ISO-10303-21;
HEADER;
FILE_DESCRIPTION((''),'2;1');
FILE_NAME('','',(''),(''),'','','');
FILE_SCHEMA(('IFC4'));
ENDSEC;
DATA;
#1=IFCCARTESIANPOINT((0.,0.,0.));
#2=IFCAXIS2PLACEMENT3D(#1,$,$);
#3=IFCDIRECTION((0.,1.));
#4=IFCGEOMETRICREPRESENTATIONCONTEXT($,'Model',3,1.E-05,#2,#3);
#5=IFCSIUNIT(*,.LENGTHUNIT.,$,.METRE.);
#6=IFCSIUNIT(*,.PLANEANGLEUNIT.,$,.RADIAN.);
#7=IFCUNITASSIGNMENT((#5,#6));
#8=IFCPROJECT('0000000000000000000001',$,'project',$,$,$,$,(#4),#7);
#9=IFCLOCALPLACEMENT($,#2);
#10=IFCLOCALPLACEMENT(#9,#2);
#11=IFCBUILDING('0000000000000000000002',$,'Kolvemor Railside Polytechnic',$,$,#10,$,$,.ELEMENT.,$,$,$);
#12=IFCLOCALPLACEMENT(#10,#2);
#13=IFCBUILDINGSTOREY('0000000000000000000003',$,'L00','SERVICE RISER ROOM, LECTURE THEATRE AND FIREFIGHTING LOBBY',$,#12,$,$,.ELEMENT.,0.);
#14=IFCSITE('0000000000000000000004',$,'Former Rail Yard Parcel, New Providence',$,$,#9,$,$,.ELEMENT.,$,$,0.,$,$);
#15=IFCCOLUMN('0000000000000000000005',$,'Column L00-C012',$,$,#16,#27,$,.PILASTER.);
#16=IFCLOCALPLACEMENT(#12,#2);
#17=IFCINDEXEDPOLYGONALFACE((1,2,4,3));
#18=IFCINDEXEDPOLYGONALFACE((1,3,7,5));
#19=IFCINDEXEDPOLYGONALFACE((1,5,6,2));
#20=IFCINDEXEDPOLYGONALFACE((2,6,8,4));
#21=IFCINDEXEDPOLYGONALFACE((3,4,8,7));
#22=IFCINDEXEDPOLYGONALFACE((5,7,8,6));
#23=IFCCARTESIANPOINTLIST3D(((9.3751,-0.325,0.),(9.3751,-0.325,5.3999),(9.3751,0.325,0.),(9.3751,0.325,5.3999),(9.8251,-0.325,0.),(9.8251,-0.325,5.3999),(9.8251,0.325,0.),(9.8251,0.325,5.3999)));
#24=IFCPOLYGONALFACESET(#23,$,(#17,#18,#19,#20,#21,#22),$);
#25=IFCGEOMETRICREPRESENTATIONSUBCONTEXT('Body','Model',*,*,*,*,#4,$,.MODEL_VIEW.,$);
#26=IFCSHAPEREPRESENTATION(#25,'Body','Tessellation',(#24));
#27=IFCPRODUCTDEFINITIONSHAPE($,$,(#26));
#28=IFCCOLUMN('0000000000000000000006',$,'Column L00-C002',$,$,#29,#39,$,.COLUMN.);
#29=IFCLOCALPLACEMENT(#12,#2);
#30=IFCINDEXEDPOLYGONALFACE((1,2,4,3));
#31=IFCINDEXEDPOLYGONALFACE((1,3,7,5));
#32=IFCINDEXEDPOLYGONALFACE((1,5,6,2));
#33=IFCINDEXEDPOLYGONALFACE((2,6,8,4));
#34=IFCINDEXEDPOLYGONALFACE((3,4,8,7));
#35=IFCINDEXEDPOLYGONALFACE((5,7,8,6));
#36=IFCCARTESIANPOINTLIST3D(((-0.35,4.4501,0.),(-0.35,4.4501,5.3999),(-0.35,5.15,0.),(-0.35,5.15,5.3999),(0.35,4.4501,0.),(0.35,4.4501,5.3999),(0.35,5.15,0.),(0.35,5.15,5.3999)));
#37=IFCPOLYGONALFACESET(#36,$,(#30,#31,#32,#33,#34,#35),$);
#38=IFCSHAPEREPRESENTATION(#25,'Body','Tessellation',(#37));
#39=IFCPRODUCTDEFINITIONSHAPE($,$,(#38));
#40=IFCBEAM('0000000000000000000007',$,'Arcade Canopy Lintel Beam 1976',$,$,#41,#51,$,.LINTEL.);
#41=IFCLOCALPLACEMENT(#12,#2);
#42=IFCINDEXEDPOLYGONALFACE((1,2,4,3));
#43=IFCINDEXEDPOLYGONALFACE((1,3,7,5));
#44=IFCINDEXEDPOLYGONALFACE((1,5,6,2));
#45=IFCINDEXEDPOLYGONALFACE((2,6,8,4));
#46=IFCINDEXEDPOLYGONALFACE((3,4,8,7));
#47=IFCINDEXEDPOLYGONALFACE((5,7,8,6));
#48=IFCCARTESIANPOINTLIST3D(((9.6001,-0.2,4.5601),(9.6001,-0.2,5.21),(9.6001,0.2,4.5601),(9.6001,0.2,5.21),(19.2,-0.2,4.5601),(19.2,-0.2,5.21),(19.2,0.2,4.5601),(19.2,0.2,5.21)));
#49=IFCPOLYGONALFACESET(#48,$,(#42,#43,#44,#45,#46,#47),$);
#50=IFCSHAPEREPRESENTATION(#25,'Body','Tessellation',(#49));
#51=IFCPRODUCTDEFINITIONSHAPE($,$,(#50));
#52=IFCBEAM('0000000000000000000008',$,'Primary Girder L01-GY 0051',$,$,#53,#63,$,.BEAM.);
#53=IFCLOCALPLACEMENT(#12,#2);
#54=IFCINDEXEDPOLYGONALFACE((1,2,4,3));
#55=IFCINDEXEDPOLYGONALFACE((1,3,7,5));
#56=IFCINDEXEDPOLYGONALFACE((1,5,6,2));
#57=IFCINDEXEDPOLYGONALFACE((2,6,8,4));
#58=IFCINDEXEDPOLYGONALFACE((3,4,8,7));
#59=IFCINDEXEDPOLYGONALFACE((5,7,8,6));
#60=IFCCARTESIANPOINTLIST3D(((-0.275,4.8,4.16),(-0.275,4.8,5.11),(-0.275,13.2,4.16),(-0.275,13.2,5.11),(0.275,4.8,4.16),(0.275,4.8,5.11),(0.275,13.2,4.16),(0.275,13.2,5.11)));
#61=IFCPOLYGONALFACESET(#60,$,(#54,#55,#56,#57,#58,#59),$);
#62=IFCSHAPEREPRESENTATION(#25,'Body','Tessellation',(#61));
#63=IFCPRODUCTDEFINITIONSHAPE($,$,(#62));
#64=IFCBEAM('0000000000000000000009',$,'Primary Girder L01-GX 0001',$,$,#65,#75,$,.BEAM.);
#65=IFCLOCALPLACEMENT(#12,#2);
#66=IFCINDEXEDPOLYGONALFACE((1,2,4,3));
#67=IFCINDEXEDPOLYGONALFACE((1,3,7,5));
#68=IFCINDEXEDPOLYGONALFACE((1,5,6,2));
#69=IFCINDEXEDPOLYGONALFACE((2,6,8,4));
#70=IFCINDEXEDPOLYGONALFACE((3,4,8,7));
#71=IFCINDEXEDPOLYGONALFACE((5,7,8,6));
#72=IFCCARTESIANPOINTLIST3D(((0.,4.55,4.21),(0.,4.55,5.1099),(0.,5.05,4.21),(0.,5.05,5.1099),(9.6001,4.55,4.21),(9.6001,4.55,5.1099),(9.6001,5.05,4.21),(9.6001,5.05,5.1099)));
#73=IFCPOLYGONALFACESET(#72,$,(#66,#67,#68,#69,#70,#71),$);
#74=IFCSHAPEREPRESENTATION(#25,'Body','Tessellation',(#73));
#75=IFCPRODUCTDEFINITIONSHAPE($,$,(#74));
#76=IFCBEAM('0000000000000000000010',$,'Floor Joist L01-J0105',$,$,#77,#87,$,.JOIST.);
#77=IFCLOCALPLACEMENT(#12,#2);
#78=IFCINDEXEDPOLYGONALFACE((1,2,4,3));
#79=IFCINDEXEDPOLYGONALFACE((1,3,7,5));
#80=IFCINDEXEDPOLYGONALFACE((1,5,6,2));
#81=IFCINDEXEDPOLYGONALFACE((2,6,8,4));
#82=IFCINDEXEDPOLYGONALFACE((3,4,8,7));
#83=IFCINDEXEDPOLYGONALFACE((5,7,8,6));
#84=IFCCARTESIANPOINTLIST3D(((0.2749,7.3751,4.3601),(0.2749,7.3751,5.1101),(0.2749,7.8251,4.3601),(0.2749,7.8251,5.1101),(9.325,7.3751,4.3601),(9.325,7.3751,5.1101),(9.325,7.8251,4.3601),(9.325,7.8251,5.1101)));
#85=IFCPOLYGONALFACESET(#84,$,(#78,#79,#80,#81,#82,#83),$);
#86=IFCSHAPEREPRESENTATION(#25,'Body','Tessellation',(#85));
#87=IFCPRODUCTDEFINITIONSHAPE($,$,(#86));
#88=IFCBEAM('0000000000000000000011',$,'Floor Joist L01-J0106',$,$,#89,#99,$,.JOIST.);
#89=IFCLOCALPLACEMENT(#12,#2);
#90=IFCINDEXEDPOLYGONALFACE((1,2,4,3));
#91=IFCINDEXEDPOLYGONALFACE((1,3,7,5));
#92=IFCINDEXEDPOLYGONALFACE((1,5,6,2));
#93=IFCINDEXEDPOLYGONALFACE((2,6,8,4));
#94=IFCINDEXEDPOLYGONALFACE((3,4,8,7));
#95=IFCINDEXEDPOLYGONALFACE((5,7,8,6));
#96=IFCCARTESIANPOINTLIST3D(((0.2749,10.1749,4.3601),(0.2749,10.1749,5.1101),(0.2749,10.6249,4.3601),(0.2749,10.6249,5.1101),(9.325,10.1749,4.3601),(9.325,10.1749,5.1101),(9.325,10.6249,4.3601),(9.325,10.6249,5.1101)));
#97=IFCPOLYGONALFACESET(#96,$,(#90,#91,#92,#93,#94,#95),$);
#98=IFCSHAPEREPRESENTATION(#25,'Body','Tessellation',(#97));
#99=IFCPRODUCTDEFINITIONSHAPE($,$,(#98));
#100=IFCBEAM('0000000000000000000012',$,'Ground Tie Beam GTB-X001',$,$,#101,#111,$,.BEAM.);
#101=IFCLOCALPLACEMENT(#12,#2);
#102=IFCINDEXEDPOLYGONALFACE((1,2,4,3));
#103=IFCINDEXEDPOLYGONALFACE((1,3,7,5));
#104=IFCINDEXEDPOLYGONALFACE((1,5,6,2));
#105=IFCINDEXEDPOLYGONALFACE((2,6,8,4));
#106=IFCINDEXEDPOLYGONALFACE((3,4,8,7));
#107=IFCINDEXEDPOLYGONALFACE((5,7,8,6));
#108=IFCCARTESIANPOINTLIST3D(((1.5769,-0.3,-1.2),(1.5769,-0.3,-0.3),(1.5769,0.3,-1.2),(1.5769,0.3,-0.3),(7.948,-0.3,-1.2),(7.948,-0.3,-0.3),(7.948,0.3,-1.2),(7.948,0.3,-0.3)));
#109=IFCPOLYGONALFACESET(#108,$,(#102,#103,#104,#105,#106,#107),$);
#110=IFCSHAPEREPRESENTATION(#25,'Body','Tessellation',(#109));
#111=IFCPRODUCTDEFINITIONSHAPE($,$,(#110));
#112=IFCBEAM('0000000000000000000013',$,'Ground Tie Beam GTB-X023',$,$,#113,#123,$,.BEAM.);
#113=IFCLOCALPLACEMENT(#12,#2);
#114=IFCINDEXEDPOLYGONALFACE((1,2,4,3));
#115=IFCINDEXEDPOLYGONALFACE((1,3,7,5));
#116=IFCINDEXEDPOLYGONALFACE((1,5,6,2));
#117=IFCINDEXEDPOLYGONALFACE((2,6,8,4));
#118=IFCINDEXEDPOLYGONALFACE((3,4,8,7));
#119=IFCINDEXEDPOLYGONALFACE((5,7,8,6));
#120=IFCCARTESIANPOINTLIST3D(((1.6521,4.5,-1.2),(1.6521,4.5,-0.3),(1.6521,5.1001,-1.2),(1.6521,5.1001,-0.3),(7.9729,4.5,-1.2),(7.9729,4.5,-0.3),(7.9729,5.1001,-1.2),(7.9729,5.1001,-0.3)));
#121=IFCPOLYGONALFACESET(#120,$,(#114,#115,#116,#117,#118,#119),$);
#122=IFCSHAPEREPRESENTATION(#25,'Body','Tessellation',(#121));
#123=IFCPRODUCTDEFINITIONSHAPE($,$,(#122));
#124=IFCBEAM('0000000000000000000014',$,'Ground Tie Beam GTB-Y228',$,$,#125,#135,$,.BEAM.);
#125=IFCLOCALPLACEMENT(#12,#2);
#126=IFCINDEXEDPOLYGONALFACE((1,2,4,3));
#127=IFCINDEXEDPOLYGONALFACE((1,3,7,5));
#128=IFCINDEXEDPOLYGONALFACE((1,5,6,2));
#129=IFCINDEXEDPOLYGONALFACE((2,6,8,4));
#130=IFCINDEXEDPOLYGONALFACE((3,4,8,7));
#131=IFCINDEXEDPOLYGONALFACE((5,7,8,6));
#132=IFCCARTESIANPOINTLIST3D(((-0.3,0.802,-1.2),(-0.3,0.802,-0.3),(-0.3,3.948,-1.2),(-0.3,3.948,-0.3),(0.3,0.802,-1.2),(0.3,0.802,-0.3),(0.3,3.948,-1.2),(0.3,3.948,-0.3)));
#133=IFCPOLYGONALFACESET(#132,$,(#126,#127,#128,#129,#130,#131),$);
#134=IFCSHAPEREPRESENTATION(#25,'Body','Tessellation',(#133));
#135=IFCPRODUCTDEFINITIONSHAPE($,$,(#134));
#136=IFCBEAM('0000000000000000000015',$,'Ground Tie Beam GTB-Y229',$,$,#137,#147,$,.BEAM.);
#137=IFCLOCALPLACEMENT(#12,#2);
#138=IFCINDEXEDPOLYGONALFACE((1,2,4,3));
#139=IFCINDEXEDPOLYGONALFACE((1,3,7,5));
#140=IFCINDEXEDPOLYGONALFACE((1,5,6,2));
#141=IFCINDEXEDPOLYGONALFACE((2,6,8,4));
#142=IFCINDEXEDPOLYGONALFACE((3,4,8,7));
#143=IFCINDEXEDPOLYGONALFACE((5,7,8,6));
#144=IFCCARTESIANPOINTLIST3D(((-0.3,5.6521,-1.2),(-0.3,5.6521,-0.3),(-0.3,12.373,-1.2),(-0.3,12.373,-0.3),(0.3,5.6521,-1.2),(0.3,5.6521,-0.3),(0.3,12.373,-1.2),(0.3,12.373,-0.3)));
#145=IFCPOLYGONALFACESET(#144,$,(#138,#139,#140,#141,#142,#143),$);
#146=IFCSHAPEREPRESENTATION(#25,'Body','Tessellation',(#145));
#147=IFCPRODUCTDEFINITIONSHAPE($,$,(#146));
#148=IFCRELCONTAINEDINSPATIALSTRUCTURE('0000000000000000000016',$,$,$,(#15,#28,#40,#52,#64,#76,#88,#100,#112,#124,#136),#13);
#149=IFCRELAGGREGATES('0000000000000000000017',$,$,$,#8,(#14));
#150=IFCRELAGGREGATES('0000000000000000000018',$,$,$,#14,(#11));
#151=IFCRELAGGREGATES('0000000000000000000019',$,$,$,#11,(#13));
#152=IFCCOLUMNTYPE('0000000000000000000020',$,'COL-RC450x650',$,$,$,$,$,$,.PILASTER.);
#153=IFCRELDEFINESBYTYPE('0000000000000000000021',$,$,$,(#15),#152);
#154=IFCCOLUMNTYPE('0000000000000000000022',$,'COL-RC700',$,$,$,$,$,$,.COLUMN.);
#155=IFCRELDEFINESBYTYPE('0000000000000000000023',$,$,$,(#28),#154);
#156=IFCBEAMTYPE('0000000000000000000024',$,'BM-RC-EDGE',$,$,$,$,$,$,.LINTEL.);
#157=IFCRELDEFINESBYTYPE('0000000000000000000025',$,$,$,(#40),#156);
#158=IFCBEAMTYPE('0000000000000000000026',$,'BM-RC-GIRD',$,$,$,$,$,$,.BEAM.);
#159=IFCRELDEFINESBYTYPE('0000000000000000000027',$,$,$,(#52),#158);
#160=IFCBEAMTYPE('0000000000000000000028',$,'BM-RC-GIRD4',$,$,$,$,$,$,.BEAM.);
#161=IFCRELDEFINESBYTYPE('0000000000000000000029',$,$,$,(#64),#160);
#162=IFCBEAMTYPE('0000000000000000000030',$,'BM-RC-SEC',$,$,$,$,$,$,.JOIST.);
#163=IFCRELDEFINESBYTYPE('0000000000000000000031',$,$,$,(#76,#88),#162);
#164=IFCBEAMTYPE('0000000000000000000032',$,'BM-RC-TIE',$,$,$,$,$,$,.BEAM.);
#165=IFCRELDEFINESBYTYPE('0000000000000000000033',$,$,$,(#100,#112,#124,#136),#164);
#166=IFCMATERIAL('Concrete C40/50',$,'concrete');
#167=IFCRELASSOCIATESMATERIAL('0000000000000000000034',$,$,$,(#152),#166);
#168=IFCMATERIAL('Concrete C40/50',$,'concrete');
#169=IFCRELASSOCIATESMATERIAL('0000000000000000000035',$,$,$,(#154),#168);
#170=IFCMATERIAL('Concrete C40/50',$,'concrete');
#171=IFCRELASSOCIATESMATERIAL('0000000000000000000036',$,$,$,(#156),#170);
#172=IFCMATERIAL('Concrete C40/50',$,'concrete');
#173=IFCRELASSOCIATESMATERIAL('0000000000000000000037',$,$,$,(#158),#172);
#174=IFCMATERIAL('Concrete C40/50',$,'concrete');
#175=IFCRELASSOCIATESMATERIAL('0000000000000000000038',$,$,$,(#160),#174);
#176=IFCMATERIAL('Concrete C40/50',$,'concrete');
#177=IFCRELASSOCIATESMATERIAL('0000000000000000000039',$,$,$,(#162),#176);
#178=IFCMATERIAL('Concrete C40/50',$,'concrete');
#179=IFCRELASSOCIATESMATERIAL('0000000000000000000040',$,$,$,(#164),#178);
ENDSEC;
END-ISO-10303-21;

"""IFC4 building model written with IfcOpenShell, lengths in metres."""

from ifc_helpers import new_model, si_unit, direction, frame, origin, origin_2d, place, context, subcontext, project, spatial, rectangle, extrude, material, material_profile, profile_set, type_object, element, save


model = new_model("IFC4")

# Units and contexts
model_context = context("Model", 3, precision=1e-05, world=origin(), true_north=direction((0.0, 1.0)))
body_context = subcontext(model_context, "Body", "Model", "MODEL_VIEW")
ifc_project = project(units=[si_unit("LENGTHUNIT", "METRE"), si_unit("PLANEANGLEUNIT", "RADIAN")], contexts=[model_context])

# Site, building, storey
site_placement = place(None, origin())
site = spatial("IfcSite", under=ifc_project, at=site_placement, Name="Former Rail Yard Parcel, New Providence", CompositionType="ELEMENT", RefElevation=0.0)
building_placement = place(site_placement, origin())
building = spatial("IfcBuilding", under=site, at=building_placement, Name="Kolvemor Railside Polytechnic", CompositionType="ELEMENT")
storey_placement = place(building_placement, origin())
storey = spatial("IfcBuildingStorey", under=building, at=storey_placement, Name="L00", Description="SERVICE RISER ROOM, LECTURE THEATRE AND FIREFIGHTING LOBBY", CompositionType="ELEMENT", Elevation=0.0)

# Columns
ifc_material_1 = material(Name="Concrete C40/50", Category="concrete")
ifc_material_profile_1 = material_profile(ifc_material_1, rectangle(XDim=0.45, YDim=0.6499, at=origin_2d()), Name="RC450x650")
ifc_profile_set_1 = profile_set([ifc_material_profile_1], Name="Concrete C40/50")
column_type_1 = type_object("IfcColumnType", Name="COL-RC450x650", PredefinedType="PILASTER", material=ifc_profile_set_1)
column_1_placement = place(storey_placement, frame((9.6001, 0.0, 0.0), z_axis=(0.0, 0.0, 1.0), x_axis=(1.0, 0.0, 0.0)))
element("IfcColumn", 1, at=column_1_placement, inside=storey, type_object=column_type_1, Name="Column L00-C012", PredefinedType="PILASTER", context=body_context, shape_type="SweptSolid", body=[
    extrude(rectangle(XDim=0.45, YDim=0.6499, at=origin_2d()), origin(), (0.0, 0.0, 1.0), 5.3999),
])
ifc_material_2 = material(Name="Concrete C40/50", Category="concrete")
ifc_material_profile_2 = material_profile(ifc_material_2, rectangle(XDim=0.7, YDim=0.7, at=origin_2d()), Name="RC700x700")
ifc_profile_set_2 = profile_set([ifc_material_profile_2], Name="Concrete C40/50")
column_type_2 = type_object("IfcColumnType", Name="COL-RC700", PredefinedType="COLUMN", material=ifc_profile_set_2)
column_2_placement = place(storey_placement, frame((0.0, 4.8, 0.0), z_axis=(0.0, 0.0, 1.0), x_axis=(1.0, 0.0, 0.0)))
element("IfcColumn", 2, at=column_2_placement, inside=storey, type_object=column_type_2, Name="Column L00-C002", PredefinedType="COLUMN", context=body_context, shape_type="SweptSolid", body=[
    extrude(rectangle(XDim=0.7, YDim=0.7, at=origin_2d()), origin(), (0.0, 0.0, 1.0), 5.3999),
])

# Beams
ifc_material_3 = material(Name="Concrete C40/50", Category="concrete")
ifc_material_profile_3 = material_profile(ifc_material_3, rectangle(XDim=0.3999, YDim=0.6499, at=origin_2d()), Name="RC400x650")
ifc_profile_set_3 = profile_set([ifc_material_profile_3], Name="Concrete C40/50")
beam_type_1 = type_object("IfcBeamType", Name="BM-RC-EDGE", PredefinedType="LINTEL", material=ifc_profile_set_3)
beam_1_placement = place(storey_placement, frame((9.6001, 0.0, 4.885), z_axis=(1.0, 0.0, 0.0), x_axis=(0.0, 1.0, 0.0)))
element("IfcBeam", 3, at=beam_1_placement, inside=storey, type_object=beam_type_1, Name="Arcade Canopy Lintel Beam 1976", PredefinedType="LINTEL", context=body_context, shape_type="SweptSolid", body=[
    extrude(rectangle(XDim=0.3999, YDim=0.6499, at=origin_2d()), origin(), (0.0, 0.0, 1.0), 9.5999),
])
ifc_material_4 = material(Name="Concrete C40/50", Category="concrete")
ifc_material_profile_4 = material_profile(ifc_material_4, rectangle(XDim=0.55, YDim=0.95, at=origin_2d()), Name="RC550x950")
ifc_profile_set_4 = profile_set([ifc_material_profile_4], Name="Concrete C40/50")
beam_type_2 = type_object("IfcBeamType", Name="BM-RC-GIRD", PredefinedType="BEAM", material=ifc_profile_set_4)
beam_2_placement = place(storey_placement, frame((0.0, 4.8, 4.635), z_axis=(0.0, 1.0, 0.0), x_axis=(-1.0, 0.0, 0.0)))
element("IfcBeam", 4, at=beam_2_placement, inside=storey, type_object=beam_type_2, Name="Primary Girder L01-GY 0051", PredefinedType="BEAM", context=body_context, shape_type="SweptSolid", body=[
    extrude(rectangle(XDim=0.55, YDim=0.95, at=origin_2d()), origin(), (0.0, 0.0, 1.0), 8.3999),
])
ifc_material_5 = material(Name="Concrete C40/50", Category="concrete")
ifc_material_profile_5 = material_profile(ifc_material_5, rectangle(XDim=0.5, YDim=0.8999, at=origin_2d()), Name="RC500x900")
ifc_profile_set_5 = profile_set([ifc_material_profile_5], Name="Concrete C40/50")
beam_type_3 = type_object("IfcBeamType", Name="BM-RC-GIRD4", PredefinedType="BEAM", material=ifc_profile_set_5)
beam_3_placement = place(storey_placement, frame((0.0, 4.8, 4.6599), z_axis=(1.0, 0.0, 0.0), x_axis=(0.0, 1.0, 0.0)))
element("IfcBeam", 5, at=beam_3_placement, inside=storey, type_object=beam_type_3, Name="Primary Girder L01-GX 0001", PredefinedType="BEAM", context=body_context, shape_type="SweptSolid", body=[
    extrude(rectangle(XDim=0.5, YDim=0.8999, at=origin_2d()), origin(), (0.0, 0.0, 1.0), 9.6001),
])
ifc_material_6 = material(Name="Concrete C40/50", Category="concrete")
ifc_material_profile_6 = material_profile(ifc_material_6, rectangle(XDim=0.45, YDim=0.75, at=origin_2d()), Name="RC450x750")
ifc_profile_set_6 = profile_set([ifc_material_profile_6], Name="Concrete C40/50")
beam_type_4 = type_object("IfcBeamType", Name="BM-RC-SEC", PredefinedType="JOIST", material=ifc_profile_set_6)
for number, where, z_axis, x_axis, name in (
    (6, (0.2749, 7.6001, 4.7351), (1.0, 0.0, 0.0), (0.0, 1.0, 0.0), "Floor Joist L01-J0105"),
    (7, (0.2749, 10.3999, 4.7351), (1.0, 0.0, 0.0), (0.0, 1.0, 0.0), "Floor Joist L01-J0106"),
):
    element("IfcBeam", number, at=place(storey_placement, frame(where, z_axis=z_axis, x_axis=x_axis)), inside=storey, type_object=beam_type_4, Name=name, PredefinedType="JOIST", context=body_context, shape_type="SweptSolid", body=[
        extrude(rectangle(XDim=0.45, YDim=0.75, at=origin_2d()), origin(), (0.0, 0.0, 1.0), 9.05),
    ])
ifc_material_7 = material(Name="Concrete C40/50", Category="concrete")
ifc_material_profile_7 = material_profile(ifc_material_7, rectangle(XDim=0.6001, YDim=0.8999, at=origin_2d()), Name="RC600x900")
ifc_profile_set_7 = profile_set([ifc_material_profile_7], Name="Concrete C40/50")
beam_type_5 = type_object("IfcBeamType", Name="BM-RC-TIE", PredefinedType="BEAM", material=ifc_profile_set_7)
beam_4_placement = place(storey_placement, frame((1.5769, 0.0, -0.75), z_axis=(1.0, 0.0, 0.0), x_axis=(0.0, 1.0, 0.0)))
element("IfcBeam", 8, at=beam_4_placement, inside=storey, type_object=beam_type_5, Name="Ground Tie Beam GTB-X001", PredefinedType="BEAM", context=body_context, shape_type="SweptSolid", body=[
    extrude(rectangle(XDim=0.6001, YDim=0.8999, at=origin_2d()), origin(), (0.0, 0.0, 1.0), 6.3711),
])
beam_5_placement = place(storey_placement, frame((1.6521, 4.8, -0.75), z_axis=(1.0, 0.0, 0.0), x_axis=(0.0, 1.0, 0.0)))
element("IfcBeam", 9, at=beam_5_placement, inside=storey, type_object=beam_type_5, Name="Ground Tie Beam GTB-X023", PredefinedType="BEAM", context=body_context, shape_type="SweptSolid", body=[
    extrude(rectangle(XDim=0.6001, YDim=0.8999, at=origin_2d()), origin(), (0.0, 0.0, 1.0), 6.3208),
])
beam_6_placement = place(storey_placement, frame((0.0, 0.802, -0.75), z_axis=(0.0, 1.0, 0.0), x_axis=(-1.0, 0.0, 0.0)))
element("IfcBeam", 10, at=beam_6_placement, inside=storey, type_object=beam_type_5, Name="Ground Tie Beam GTB-Y228", PredefinedType="BEAM", context=body_context, shape_type="SweptSolid", body=[
    extrude(rectangle(XDim=0.6001, YDim=0.8999, at=origin_2d()), origin(), (0.0, 0.0, 1.0), 3.146),
])
beam_7_placement = place(storey_placement, frame((0.0, 5.6521, -0.75), z_axis=(0.0, 1.0, 0.0), x_axis=(-1.0, 0.0, 0.0)))
element("IfcBeam", 11, at=beam_7_placement, inside=storey, type_object=beam_type_5, Name="Ground Tie Beam GTB-Y229", PredefinedType="BEAM", context=body_context, shape_type="SweptSolid", body=[
    extrude(rectangle(XDim=0.6001, YDim=0.8999, at=origin_2d()), origin(), (0.0, 0.0, 1.0), 6.7209),
])

save(model, "model.ifc")
